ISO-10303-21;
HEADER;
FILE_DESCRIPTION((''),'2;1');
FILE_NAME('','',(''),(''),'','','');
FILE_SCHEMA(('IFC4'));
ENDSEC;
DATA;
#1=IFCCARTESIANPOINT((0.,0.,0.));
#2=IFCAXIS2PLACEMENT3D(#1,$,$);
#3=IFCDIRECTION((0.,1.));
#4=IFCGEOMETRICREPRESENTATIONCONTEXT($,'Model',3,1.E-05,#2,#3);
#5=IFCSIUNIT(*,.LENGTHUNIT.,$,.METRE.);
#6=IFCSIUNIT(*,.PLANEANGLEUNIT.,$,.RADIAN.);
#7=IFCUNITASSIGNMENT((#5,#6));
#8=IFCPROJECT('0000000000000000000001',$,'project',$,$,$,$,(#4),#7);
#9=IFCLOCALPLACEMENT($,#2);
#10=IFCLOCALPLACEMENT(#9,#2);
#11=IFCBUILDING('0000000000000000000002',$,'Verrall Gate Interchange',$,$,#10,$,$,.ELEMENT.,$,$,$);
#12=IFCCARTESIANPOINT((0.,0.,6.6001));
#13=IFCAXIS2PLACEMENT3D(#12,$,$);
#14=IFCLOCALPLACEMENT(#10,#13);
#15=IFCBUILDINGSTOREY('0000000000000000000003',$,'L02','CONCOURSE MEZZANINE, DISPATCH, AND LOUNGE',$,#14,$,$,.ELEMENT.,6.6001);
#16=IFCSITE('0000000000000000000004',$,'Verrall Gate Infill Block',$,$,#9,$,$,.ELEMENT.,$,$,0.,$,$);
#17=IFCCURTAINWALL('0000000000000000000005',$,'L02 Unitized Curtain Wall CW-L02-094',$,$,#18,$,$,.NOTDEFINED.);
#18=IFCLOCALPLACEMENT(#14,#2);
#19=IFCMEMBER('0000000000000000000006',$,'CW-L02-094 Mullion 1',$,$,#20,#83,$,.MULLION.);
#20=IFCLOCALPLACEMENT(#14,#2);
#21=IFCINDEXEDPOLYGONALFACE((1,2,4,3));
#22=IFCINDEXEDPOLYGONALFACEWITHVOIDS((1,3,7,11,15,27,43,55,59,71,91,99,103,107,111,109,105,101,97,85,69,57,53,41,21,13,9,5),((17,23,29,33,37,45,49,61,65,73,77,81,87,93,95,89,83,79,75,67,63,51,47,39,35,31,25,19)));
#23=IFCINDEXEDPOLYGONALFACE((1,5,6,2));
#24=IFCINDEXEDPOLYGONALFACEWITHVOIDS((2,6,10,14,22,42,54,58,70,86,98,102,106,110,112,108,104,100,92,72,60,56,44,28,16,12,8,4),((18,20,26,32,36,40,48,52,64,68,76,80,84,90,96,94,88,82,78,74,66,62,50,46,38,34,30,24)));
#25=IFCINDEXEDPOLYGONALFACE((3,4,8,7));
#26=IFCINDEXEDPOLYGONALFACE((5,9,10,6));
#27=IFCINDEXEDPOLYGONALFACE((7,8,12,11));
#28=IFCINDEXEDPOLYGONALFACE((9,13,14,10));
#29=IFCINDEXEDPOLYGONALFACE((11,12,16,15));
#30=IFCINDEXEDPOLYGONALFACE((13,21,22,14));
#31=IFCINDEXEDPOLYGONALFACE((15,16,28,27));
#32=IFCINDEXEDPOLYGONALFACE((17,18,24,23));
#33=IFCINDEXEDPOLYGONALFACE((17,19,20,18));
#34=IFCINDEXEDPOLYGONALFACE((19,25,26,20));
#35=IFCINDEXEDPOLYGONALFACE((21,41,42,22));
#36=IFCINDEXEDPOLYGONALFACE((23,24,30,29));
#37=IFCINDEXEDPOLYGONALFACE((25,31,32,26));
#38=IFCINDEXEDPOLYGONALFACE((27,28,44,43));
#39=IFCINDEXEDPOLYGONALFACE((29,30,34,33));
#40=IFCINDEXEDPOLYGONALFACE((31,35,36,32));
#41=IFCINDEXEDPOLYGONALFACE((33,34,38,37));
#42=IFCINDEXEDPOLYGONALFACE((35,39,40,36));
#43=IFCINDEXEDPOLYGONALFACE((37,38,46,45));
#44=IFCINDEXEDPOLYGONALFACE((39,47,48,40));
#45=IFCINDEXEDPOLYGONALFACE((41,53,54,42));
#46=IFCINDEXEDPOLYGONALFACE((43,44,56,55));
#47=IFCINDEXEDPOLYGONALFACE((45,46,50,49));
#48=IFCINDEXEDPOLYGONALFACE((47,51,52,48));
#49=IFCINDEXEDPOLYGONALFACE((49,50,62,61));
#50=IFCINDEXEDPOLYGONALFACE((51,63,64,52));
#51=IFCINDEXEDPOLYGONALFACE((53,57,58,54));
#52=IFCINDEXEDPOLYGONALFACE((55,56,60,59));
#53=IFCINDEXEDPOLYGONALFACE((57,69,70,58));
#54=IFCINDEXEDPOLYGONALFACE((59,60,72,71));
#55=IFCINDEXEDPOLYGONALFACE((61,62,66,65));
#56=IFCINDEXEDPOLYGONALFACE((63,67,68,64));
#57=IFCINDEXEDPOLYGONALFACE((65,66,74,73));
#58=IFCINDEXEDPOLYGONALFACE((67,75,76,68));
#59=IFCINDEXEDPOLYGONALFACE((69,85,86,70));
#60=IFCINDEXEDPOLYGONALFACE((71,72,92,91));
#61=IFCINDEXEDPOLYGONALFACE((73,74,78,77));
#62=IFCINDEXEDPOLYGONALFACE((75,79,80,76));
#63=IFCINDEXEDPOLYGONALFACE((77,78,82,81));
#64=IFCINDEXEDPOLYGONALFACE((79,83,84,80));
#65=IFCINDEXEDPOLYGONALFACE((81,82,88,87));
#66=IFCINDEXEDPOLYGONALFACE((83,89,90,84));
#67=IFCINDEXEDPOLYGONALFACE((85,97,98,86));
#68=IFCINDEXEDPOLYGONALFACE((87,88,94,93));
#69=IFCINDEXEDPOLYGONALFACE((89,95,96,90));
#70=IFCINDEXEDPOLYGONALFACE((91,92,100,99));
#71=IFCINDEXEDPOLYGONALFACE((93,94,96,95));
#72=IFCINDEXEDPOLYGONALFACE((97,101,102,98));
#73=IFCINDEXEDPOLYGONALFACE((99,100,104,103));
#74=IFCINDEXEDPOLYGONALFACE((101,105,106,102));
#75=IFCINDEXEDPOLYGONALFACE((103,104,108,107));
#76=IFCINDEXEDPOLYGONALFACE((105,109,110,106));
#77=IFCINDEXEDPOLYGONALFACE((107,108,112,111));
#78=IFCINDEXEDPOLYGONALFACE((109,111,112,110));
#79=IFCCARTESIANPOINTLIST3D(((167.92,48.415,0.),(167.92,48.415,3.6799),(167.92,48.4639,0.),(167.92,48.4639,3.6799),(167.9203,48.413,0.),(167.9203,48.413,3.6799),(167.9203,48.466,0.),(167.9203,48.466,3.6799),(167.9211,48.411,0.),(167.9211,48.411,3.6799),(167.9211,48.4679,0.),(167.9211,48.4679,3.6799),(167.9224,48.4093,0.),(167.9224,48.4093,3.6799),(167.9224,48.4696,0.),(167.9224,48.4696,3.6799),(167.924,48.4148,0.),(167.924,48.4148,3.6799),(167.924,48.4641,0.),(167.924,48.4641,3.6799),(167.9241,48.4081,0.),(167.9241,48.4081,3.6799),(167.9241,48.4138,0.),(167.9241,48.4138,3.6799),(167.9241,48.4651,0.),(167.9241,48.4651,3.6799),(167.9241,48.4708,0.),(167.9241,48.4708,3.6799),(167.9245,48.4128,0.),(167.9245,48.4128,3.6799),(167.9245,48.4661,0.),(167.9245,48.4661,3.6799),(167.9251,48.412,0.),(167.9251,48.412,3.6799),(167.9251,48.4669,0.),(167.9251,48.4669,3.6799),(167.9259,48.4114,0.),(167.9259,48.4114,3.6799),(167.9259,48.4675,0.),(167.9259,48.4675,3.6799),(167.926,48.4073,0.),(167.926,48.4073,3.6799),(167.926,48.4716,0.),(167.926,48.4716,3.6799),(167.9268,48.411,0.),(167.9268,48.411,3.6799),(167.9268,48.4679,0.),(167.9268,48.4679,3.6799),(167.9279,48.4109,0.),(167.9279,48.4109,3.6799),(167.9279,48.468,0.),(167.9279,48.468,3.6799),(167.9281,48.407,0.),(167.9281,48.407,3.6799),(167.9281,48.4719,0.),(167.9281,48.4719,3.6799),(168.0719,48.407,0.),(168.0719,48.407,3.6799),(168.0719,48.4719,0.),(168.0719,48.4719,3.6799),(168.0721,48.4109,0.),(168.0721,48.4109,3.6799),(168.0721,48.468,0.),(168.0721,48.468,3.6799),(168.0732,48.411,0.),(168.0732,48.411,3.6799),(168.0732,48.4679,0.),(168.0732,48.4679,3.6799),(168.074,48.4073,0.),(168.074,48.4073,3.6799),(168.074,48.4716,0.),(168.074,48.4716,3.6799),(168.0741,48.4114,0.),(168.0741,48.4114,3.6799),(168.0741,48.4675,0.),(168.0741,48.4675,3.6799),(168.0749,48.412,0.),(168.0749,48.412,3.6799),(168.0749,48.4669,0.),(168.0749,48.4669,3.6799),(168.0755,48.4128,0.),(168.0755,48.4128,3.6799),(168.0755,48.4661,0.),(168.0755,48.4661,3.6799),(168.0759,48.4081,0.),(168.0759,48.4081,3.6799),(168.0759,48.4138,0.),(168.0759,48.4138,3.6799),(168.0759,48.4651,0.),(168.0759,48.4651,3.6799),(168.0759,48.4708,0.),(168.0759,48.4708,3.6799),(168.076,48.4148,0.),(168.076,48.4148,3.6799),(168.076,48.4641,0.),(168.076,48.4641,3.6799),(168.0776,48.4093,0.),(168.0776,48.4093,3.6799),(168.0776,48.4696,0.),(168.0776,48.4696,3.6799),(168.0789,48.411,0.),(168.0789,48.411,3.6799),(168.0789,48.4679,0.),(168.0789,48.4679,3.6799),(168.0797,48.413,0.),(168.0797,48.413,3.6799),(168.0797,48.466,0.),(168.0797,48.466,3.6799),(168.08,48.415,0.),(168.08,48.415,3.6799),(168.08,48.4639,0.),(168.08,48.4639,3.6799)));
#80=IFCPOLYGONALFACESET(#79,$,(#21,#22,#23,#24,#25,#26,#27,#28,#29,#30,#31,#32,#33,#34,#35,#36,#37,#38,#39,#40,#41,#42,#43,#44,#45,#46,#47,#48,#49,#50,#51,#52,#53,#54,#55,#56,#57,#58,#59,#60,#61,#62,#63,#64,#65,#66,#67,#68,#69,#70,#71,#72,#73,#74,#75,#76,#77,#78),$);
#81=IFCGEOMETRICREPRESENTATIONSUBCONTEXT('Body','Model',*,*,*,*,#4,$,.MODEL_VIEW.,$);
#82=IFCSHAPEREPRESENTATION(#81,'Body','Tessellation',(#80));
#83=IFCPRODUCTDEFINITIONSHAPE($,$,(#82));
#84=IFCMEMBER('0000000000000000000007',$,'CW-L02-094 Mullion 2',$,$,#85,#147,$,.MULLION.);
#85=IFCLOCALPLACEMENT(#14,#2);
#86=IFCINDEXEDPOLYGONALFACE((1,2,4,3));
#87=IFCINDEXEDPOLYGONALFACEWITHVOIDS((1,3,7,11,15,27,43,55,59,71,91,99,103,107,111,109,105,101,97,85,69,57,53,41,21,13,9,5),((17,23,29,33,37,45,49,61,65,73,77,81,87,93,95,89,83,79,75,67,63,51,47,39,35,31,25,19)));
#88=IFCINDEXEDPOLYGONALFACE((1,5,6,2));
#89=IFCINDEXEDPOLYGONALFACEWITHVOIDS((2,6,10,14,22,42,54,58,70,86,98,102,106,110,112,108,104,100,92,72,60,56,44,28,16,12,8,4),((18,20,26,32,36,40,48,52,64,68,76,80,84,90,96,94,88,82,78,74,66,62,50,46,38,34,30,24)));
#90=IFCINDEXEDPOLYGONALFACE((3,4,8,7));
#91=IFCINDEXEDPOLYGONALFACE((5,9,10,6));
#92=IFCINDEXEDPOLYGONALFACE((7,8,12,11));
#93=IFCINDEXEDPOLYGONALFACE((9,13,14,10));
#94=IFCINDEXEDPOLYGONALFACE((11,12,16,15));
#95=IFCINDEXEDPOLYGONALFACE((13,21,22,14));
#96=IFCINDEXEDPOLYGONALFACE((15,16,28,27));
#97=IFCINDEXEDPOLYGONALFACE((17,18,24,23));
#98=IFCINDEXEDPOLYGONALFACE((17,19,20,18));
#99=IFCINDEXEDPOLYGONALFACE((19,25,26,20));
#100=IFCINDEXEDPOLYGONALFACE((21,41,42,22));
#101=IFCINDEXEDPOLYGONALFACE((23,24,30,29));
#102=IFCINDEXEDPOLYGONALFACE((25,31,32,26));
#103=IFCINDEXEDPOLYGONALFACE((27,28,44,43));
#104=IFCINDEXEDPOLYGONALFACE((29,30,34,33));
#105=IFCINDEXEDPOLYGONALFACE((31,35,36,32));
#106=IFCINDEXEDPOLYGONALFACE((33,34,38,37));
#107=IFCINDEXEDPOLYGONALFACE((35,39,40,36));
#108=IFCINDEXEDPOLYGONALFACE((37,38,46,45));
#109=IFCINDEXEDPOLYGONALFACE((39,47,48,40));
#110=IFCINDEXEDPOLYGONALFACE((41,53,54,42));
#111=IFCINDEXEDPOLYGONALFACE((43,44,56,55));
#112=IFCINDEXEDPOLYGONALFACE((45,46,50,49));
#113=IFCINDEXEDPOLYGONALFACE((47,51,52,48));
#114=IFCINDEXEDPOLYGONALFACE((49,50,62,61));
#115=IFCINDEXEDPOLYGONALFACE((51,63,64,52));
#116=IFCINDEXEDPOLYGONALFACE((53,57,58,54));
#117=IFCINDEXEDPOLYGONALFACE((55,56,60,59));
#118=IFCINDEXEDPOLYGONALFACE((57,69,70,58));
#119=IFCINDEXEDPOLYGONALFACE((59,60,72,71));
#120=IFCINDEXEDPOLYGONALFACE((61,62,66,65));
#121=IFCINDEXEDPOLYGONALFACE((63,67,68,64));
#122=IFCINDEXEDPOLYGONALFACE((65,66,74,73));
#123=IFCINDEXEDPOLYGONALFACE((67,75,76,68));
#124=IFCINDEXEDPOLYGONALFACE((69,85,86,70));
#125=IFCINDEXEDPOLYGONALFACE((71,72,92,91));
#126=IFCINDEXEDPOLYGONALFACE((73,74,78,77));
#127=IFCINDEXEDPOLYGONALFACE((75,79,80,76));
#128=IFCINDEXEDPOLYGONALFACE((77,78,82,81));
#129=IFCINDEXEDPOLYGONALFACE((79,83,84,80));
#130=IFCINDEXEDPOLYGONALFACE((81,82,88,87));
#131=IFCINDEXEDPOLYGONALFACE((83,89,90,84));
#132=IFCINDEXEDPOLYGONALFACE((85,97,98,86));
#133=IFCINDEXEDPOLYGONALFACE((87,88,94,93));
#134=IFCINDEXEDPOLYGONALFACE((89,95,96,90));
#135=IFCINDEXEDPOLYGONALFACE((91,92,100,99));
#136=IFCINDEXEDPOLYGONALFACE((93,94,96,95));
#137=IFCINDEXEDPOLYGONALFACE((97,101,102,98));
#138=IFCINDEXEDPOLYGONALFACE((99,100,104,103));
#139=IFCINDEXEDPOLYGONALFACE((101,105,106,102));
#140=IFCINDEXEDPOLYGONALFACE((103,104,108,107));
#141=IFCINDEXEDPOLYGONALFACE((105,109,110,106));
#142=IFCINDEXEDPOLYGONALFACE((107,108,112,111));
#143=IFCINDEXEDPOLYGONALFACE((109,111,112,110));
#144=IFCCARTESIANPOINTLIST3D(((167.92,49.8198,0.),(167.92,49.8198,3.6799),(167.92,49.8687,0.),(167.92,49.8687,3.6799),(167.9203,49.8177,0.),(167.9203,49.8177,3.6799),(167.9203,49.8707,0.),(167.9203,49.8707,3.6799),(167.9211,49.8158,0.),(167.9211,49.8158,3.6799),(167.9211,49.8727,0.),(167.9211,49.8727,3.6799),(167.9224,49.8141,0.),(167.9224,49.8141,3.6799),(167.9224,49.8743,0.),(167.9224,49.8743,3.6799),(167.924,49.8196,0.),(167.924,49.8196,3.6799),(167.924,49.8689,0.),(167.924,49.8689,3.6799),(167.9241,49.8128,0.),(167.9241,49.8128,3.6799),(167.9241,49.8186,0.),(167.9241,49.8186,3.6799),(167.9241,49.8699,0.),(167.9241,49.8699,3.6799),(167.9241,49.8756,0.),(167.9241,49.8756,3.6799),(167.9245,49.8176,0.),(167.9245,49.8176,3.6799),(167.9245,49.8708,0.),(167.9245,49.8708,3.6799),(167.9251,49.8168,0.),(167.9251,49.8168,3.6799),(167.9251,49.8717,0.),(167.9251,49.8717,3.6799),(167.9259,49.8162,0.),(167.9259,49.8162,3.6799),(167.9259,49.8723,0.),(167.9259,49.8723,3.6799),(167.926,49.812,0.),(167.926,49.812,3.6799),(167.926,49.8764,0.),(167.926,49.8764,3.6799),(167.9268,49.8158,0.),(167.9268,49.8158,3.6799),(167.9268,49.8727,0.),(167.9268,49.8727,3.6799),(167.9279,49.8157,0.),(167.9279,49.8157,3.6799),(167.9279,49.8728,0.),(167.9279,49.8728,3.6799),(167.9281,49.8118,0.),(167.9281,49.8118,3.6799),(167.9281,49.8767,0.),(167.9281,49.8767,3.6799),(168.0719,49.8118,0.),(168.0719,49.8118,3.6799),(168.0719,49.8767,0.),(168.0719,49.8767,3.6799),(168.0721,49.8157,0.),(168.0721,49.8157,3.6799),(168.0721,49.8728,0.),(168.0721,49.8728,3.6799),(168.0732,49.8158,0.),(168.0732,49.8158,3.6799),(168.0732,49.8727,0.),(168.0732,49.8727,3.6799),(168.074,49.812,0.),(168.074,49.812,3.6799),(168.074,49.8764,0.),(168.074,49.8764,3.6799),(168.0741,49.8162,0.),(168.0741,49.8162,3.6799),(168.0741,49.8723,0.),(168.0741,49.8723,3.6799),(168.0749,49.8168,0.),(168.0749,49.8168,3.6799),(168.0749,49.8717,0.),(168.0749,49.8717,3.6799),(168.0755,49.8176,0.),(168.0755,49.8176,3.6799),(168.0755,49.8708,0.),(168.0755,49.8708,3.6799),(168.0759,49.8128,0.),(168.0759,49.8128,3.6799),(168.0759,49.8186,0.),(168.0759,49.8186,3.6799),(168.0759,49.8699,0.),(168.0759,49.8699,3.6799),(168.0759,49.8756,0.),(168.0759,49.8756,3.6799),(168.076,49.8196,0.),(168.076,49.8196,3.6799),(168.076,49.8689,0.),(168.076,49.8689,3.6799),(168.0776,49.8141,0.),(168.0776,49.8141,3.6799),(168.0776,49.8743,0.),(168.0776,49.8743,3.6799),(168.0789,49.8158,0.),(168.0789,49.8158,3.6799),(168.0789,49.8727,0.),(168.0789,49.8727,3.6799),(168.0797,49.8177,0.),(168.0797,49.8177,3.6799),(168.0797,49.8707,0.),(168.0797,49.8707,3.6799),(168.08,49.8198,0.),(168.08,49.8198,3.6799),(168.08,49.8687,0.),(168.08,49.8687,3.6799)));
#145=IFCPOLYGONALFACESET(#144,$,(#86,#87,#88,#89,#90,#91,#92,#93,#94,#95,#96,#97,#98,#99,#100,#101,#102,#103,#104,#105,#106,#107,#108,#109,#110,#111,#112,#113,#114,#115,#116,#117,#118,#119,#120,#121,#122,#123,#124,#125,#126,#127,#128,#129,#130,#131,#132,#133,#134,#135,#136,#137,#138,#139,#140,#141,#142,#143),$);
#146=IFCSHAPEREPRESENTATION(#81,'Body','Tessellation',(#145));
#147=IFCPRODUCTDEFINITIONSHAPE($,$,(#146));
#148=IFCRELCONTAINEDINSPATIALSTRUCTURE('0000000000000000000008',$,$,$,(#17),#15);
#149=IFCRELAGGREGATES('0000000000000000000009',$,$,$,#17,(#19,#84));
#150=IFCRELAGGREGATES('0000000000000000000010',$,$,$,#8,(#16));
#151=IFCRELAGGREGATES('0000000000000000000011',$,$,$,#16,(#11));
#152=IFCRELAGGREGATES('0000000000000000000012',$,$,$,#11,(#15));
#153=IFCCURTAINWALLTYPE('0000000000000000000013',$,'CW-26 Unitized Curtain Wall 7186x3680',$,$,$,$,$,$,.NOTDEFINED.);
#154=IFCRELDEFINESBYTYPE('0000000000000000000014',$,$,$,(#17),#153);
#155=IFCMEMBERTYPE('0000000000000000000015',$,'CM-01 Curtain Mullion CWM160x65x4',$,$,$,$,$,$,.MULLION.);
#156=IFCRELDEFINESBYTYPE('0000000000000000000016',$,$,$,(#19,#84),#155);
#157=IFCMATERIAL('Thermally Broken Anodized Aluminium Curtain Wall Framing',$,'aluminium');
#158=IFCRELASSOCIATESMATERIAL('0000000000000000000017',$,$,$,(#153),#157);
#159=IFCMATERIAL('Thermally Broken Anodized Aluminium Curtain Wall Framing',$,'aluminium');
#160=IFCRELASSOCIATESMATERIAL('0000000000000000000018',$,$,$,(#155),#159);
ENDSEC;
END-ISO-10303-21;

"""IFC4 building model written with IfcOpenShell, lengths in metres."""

from ifc_helpers import new_model, si_unit, direction, frame, origin, origin_2d, place, context, subcontext, project, spatial, hollow_rectangle, extrude, material, material_profile, profile_set, type_object, element, aggregate, save


model = new_model("IFC4")

# Units and contexts
model_context = context("Model", 3, precision=1e-05, world=origin(), true_north=direction((0.0, 1.0)))
body_context = subcontext(model_context, "Body", "Model", "MODEL_VIEW")
ifc_project = project(units=[si_unit("LENGTHUNIT", "METRE"), si_unit("PLANEANGLEUNIT", "RADIAN")], contexts=[model_context])

# Site, building, storey
site_placement = place(None, origin())
site = spatial("IfcSite", under=ifc_project, at=site_placement, Name="Verrall Gate Infill Block", CompositionType="ELEMENT", RefElevation=0.0)
building_placement = place(site_placement, origin())
building = spatial("IfcBuilding", under=site, at=building_placement, Name="Verrall Gate Interchange", CompositionType="ELEMENT")
storey_placement = place(building_placement, frame((0.0, 0.0, 6.6001)))
storey = spatial("IfcBuildingStorey", under=building, at=storey_placement, Name="L02", Description="CONCOURSE MEZZANINE, DISPATCH, AND LOUNGE", CompositionType="ELEMENT", Elevation=6.6001)

# Curtain wall, members
ifc_material_1 = material(Name="Thermally Broken Anodized Aluminium Curtain Wall Framing", Category="aluminium")
curtain_wall_type = type_object("IfcCurtainWallType", Name="CW-26 Unitized Curtain Wall 7186x3680", PredefinedType="NOTDEFINED", material=ifc_material_1)
curtain_wall_placement = place(storey_placement, origin())
curtain_wall = element("IfcCurtainWall", 1, at=curtain_wall_placement, inside=storey, type_object=curtain_wall_type, Name="L02 Unitized Curtain Wall CW-L02-094", PredefinedType="NOTDEFINED")
ifc_material_2 = material(Name="Thermally Broken Anodized Aluminium Curtain Wall Framing", Category="aluminium")
ifc_material_profile_1 = material_profile(ifc_material_2, hollow_rectangle(XDim=0.0649, YDim=0.1599, WallThickness=0.0039, InnerFilletRadius=0.0039, OuterFilletRadius=0.0081, at=origin_2d()), Name="CWM160x65x4")
ifc_profile_set_1 = profile_set([ifc_material_profile_1], Name="Thermally Broken Anodized Aluminium Curtain Wall Framing")
member_type_1 = type_object("IfcMemberType", Name="CM-01 Curtain Mullion CWM160x65x4", PredefinedType="MULLION", material=ifc_profile_set_1)
member_1_placement = place(storey_placement, frame((168.0, 48.4395, 0.0), z_axis=(0.0, 0.0, 1.0), x_axis=(0.0, 1.0, 0.0)))
member_1 = element("IfcMember", 2, at=member_1_placement, type_object=member_type_1, Name="CW-L02-094 Mullion 1", PredefinedType="MULLION", context=body_context, shape_type="SweptSolid", body=[
    extrude(hollow_rectangle(XDim=0.0649, YDim=0.1599, WallThickness=0.0039, InnerFilletRadius=0.0039, OuterFilletRadius=0.0081, at=origin_2d()), origin(), (0.0, 0.0, 1.0), 3.6799),
])
member_2_placement = place(storey_placement, frame((168.0, 49.8442, 0.0), z_axis=(0.0, 0.0, 1.0), x_axis=(0.0, 1.0, 0.0)))
member_2 = element("IfcMember", 3, at=member_2_placement, type_object=member_type_1, Name="CW-L02-094 Mullion 2", PredefinedType="MULLION", context=body_context, shape_type="SweptSolid", body=[
    extrude(hollow_rectangle(XDim=0.0649, YDim=0.1599, WallThickness=0.0039, InnerFilletRadius=0.0039, OuterFilletRadius=0.0081, at=origin_2d()), origin(), (0.0, 0.0, 1.0), 3.6799),
])

aggregate(curtain_wall, [member_1, member_2])

save(model, "model.ifc")
